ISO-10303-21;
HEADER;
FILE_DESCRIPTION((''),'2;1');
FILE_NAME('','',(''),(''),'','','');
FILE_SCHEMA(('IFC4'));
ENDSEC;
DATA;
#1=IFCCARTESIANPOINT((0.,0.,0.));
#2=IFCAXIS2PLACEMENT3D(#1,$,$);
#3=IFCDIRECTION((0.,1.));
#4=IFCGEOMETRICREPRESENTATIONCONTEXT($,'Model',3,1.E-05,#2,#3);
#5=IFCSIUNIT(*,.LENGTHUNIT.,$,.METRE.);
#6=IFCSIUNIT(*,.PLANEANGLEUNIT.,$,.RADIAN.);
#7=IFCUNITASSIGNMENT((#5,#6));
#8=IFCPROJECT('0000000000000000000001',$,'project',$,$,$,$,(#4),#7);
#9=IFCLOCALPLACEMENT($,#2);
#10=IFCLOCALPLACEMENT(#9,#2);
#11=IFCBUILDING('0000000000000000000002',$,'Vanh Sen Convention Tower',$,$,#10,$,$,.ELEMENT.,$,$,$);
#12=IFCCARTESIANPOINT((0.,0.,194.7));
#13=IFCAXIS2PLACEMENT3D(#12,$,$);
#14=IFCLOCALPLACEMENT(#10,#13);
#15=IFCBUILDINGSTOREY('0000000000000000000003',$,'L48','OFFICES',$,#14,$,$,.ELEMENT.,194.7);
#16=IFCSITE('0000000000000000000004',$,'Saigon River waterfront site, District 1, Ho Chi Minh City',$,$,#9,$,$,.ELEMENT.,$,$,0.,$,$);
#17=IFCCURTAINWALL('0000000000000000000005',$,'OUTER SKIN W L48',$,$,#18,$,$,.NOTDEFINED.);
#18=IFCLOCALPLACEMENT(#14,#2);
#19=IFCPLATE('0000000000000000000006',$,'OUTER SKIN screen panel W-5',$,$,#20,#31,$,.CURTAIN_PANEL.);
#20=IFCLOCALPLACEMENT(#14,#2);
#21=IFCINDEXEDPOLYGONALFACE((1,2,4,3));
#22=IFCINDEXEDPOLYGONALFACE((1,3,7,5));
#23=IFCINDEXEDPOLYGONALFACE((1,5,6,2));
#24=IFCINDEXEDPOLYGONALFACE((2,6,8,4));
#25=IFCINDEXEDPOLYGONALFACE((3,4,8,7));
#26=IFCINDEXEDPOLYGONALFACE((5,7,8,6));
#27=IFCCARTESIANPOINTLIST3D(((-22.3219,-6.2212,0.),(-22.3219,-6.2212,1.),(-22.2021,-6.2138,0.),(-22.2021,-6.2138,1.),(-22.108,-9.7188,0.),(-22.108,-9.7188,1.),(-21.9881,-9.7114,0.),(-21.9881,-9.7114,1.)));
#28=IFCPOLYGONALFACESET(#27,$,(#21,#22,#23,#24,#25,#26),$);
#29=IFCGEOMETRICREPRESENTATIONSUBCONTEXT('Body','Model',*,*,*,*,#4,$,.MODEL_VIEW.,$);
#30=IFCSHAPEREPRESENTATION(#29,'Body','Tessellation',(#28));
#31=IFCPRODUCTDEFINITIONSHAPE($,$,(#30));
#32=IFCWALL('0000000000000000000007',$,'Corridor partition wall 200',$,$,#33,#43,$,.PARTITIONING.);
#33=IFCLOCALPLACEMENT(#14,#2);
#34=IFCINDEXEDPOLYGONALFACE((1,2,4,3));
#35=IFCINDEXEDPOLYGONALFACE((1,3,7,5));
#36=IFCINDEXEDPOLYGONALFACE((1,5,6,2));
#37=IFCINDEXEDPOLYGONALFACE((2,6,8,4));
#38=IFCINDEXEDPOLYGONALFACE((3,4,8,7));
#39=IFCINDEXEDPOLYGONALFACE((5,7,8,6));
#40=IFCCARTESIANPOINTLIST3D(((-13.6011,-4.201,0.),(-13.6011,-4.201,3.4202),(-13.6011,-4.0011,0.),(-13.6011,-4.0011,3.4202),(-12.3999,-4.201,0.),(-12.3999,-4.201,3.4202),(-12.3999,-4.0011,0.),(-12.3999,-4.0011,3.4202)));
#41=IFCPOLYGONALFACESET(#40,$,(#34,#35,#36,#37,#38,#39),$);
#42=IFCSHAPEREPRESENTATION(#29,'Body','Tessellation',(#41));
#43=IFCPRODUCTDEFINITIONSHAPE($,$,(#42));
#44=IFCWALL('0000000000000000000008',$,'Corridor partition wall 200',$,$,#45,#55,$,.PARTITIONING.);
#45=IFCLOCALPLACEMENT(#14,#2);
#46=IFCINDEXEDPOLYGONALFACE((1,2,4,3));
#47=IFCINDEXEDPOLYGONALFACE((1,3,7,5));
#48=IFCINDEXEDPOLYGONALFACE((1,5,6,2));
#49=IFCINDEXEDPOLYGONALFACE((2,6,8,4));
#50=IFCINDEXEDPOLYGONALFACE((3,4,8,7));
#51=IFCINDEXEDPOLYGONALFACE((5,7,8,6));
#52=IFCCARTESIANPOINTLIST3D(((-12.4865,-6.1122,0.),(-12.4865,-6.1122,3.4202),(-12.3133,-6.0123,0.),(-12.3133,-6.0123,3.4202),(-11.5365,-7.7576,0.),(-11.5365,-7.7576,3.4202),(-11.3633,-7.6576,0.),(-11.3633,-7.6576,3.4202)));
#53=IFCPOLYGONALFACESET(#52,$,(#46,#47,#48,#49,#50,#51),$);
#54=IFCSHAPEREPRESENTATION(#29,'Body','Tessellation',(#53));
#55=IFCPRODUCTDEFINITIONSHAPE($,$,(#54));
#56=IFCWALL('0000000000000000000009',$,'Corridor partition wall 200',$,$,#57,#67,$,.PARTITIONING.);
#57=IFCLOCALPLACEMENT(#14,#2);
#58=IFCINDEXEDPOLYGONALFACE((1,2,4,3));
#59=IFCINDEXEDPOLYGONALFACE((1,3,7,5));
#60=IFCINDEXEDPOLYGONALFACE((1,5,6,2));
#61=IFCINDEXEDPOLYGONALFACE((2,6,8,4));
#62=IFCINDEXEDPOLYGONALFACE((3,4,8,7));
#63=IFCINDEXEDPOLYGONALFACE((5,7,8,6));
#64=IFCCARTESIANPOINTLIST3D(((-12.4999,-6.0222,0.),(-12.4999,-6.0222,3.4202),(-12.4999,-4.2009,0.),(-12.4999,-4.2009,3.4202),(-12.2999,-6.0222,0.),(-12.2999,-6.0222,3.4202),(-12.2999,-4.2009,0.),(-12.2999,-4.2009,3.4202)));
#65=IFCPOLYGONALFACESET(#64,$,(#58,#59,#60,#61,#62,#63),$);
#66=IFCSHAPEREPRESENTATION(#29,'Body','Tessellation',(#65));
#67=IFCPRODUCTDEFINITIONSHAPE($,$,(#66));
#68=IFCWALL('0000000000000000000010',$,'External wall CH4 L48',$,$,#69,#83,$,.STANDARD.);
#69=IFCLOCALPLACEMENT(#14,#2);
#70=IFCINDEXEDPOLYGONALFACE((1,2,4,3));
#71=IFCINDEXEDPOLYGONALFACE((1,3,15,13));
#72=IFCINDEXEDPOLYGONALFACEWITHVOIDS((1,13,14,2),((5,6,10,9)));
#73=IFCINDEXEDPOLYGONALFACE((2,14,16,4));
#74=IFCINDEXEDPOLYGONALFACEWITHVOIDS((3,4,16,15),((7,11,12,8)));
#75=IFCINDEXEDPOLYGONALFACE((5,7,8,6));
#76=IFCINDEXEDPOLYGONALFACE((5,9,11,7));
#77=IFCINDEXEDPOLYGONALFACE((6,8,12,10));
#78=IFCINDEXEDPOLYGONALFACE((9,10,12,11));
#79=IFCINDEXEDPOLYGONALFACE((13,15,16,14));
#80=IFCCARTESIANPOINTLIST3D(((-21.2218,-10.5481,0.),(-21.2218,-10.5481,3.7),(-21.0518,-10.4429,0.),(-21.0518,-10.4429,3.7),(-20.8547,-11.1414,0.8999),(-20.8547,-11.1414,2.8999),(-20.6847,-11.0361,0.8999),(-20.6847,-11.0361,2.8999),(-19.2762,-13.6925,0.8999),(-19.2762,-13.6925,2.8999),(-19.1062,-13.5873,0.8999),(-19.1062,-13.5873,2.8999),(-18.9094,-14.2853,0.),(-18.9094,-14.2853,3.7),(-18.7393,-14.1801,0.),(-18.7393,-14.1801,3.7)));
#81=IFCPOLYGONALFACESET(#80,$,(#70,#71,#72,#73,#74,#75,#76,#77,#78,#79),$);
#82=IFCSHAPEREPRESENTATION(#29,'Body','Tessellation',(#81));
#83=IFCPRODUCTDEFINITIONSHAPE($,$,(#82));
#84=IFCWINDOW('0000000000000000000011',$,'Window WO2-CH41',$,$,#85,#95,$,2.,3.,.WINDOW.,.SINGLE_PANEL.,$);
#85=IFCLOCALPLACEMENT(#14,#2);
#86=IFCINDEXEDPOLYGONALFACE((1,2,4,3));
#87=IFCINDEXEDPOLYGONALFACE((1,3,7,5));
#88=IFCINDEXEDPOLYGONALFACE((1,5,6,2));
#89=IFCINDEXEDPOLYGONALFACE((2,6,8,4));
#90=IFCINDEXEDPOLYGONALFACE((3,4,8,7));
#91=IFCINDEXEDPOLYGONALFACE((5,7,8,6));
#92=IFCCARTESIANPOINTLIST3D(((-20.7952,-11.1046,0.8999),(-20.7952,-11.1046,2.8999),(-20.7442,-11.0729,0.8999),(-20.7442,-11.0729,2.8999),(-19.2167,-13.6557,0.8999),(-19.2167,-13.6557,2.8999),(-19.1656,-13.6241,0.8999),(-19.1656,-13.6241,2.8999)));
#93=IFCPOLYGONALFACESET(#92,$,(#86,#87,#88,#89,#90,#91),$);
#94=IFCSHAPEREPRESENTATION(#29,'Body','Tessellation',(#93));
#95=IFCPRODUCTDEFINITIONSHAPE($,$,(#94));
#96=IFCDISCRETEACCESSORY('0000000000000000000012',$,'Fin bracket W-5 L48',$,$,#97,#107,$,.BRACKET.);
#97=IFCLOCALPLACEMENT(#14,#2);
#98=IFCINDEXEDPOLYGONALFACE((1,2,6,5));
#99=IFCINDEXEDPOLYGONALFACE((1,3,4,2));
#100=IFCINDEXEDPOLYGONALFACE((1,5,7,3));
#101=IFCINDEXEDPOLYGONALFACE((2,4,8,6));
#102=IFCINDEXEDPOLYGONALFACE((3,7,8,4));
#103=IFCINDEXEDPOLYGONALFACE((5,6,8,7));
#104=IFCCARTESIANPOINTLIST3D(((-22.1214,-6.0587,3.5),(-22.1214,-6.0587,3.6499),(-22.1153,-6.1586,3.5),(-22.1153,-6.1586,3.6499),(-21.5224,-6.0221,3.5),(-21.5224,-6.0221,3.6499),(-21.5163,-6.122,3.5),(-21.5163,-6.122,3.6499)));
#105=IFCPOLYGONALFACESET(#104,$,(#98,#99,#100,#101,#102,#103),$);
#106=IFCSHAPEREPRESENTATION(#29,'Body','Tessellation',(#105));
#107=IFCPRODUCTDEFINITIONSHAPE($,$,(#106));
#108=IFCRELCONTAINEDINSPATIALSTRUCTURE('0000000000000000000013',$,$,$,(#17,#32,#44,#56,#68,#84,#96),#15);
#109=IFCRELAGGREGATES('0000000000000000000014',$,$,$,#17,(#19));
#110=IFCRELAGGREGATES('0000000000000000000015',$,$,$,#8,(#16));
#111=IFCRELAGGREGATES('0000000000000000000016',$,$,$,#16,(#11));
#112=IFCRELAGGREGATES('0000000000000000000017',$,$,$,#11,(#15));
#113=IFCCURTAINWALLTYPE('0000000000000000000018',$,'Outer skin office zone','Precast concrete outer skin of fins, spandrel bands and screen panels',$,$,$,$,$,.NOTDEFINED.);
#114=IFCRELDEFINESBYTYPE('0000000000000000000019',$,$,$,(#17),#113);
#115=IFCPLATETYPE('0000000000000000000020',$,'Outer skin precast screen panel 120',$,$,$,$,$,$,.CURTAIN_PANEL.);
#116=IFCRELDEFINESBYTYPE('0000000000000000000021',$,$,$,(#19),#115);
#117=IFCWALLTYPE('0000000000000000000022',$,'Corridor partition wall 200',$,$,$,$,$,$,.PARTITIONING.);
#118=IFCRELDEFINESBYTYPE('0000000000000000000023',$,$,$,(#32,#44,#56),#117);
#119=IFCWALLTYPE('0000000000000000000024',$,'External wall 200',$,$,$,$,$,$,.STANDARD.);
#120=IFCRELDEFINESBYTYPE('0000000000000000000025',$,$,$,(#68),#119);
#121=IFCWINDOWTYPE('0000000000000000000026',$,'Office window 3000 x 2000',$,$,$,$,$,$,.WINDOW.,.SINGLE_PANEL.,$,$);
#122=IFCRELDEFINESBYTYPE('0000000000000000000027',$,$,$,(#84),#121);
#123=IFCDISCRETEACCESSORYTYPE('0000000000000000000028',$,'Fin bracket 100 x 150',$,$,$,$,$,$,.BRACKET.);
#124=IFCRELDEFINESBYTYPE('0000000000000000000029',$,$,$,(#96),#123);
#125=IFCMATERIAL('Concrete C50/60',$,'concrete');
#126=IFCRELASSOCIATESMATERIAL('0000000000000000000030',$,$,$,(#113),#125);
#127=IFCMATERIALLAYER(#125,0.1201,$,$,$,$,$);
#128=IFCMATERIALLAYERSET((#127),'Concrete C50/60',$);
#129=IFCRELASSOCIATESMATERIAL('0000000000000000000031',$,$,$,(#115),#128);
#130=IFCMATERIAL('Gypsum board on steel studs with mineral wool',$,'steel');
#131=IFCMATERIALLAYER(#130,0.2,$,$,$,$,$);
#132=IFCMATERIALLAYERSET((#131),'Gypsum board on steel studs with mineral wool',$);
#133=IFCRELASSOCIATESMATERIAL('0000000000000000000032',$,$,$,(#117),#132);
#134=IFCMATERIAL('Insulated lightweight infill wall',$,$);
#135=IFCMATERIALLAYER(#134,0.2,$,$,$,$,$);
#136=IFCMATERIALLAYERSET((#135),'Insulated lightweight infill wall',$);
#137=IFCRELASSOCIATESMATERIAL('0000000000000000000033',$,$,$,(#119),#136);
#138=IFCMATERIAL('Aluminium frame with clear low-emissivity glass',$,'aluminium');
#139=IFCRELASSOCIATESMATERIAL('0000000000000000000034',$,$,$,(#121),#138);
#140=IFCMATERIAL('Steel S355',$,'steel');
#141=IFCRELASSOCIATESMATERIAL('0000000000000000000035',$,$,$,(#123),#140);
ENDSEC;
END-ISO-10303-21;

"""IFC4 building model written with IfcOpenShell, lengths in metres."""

from ifc_helpers import new_model, si_unit, direction, frame, frame_2d, origin, origin_2d, place, context, subcontext, project, spatial, rectangle, extrude, material, layer, layer_set, type_object, element, fill, aggregate, save


model = new_model("IFC4")

# Units and contexts
model_context = context("Model", 3, precision=1e-05, world=origin(), true_north=direction((0.0, 1.0)))
body_context = subcontext(model_context, "Body", "Model", "MODEL_VIEW")
ifc_project = project(units=[si_unit("LENGTHUNIT", "METRE"), si_unit("PLANEANGLEUNIT", "RADIAN")], contexts=[model_context])

# Site, building, storey
site_placement = place(None, origin())
site = spatial("IfcSite", under=ifc_project, at=site_placement, Name="Saigon River waterfront site, District 1, Ho Chi Minh City", CompositionType="ELEMENT", RefElevation=0.0)
building_placement = place(site_placement, origin())
building = spatial("IfcBuilding", under=site, at=building_placement, Name="Vanh Sen Convention Tower", CompositionType="ELEMENT")
storey_placement = place(building_placement, frame((0.0, 0.0, 194.7)))
storey = spatial("IfcBuildingStorey", under=building, at=storey_placement, Name="L48", Description="OFFICES", CompositionType="ELEMENT", Elevation=194.7)

# Curtain wall
ifc_material_1 = material(Name="Concrete C50/60", Category="concrete")
curtain_wall_type = type_object("IfcCurtainWallType", Name="Outer skin office zone", Description="Precast concrete outer skin of fins, spandrel bands and screen panels", PredefinedType="NOTDEFINED", material=ifc_material_1)
curtain_wall_1_placement = place(storey_placement, origin())
curtain_wall_1 = element("IfcCurtainWall", 1, at=curtain_wall_1_placement, inside=storey, type_object=curtain_wall_type, Name="OUTER SKIN W L48", PredefinedType="NOTDEFINED")

# Plate
ifc_layer_1 = layer(ifc_material_1, 0.1201)
ifc_layer_set_1 = layer_set([ifc_layer_1], Name="Concrete C50/60")
plate_type = type_object("IfcPlateType", Name="Outer skin precast screen panel 120", PredefinedType="CURTAIN_PANEL", material=ifc_layer_set_1)
plate_1_placement = place(storey_placement, frame((-22.155, -7.9663, 0.0), z_axis=(0.0, 0.0, 1.0), x_axis=(0.061054, -0.998134, 0.0)))
plate_1 = element("IfcPlate", 2, at=plate_1_placement, type_object=plate_type, Name="OUTER SKIN screen panel W-5", PredefinedType="CURTAIN_PANEL", context=body_context, shape_type="SweptSolid", body=[
    extrude(rectangle(XDim=3.5042, YDim=0.1201, at=origin_2d()), origin(), (0.0, 0.0, 1.0), 1.0),
])
aggregate(curtain_wall_1, [plate_1])

# Walls
ifc_material_2 = material(Name="Gypsum board on steel studs with mineral wool", Category="steel")
ifc_layer_2 = layer(ifc_material_2, 0.2)
ifc_layer_set_2 = layer_set([ifc_layer_2], Name="Gypsum board on steel studs with mineral wool")
wall_type_1 = type_object("IfcWallType", Name="Corridor partition wall 200", PredefinedType="PARTITIONING", material=ifc_layer_set_2)
wall_1_placement = place(storey_placement, frame((-13.6011, -4.1011, 0.0), z_axis=(0.0, 0.0, 1.0), x_axis=(1.0, 0.0, 0.0)))
element("IfcWall", 3, at=wall_1_placement, inside=storey, type_object=wall_type_1, Name="Corridor partition wall 200", PredefinedType="PARTITIONING", context=body_context, shape_type="SweptSolid", body=[
    extrude(rectangle(XDim=1.2012, YDim=0.2, at=frame_2d((0.6006, 0.0))), origin(), (0.0, 0.0, 1.0), 3.4202),
])
wall_2_placement = place(storey_placement, frame((-12.3999, -6.0623, 0.0), z_axis=(0.0, 0.0, 1.0), x_axis=(0.500023, -0.866012, 0.0)))
element("IfcWall", 4, at=wall_2_placement, inside=storey, type_object=wall_type_1, Name="Corridor partition wall 200", PredefinedType="PARTITIONING", context=body_context, shape_type="SweptSolid", body=[
    extrude(rectangle(XDim=1.8999, YDim=0.2, at=frame_2d((0.95, 0.0))), origin(), (0.0, 0.0, 1.0), 3.4202),
])
wall_3_placement = place(storey_placement, frame((-12.3999, -4.2009, 0.0), z_axis=(0.0, 0.0, 1.0), x_axis=(0.0, -1.0, 0.0)))
element("IfcWall", 5, at=wall_3_placement, inside=storey, type_object=wall_type_1, Name="Corridor partition wall 200", PredefinedType="PARTITIONING", context=body_context, shape_type="SweptSolid", body=[
    extrude(rectangle(XDim=1.8213, YDim=0.2, at=frame_2d((0.9106, 0.0))), origin(), (0.0, 0.0, 1.0), 3.4202),
])

# Wall, opening, window
ifc_material_3 = material(Name="Insulated lightweight infill wall")
ifc_layer_3 = layer(ifc_material_3, 0.2)
ifc_layer_set_3 = layer_set([ifc_layer_3], Name="Insulated lightweight infill wall")
wall_type_2 = type_object("IfcWallType", Name="External wall 200", PredefinedType="STANDARD", material=ifc_layer_set_3)
wall_4_placement = place(storey_placement, frame((-21.1367, -10.4956, 0.0), z_axis=(0.0, 0.0, 1.0), x_axis=(0.526179, -0.850374, 0.0)))
wall_4 = element("IfcWall", 6, at=wall_4_placement, inside=storey, type_object=wall_type_2, Name="External wall CH4 L48", PredefinedType="STANDARD", context=body_context, shape_type="SweptSolid", body=[
    extrude(rectangle(XDim=4.3948, YDim=0.2, at=frame_2d((2.1973, 0.0))), origin(), (0.0, 0.0, 1.0), 3.7),
])
opening_placement = place(wall_4_placement, frame((0.6975, 0.0, 0.8999)))
opening = element("IfcOpeningElement", 7, at=opening_placement, cuts=wall_4, PredefinedType="OPENING", context=body_context, shape_type="SweptSolid", body=[
    extrude(rectangle(XDim=3.0, YDim=2.0, at=frame_2d((1.5, 1.0))), frame((0.0, 0.1099, 0.0), z_axis=(0.0, -1.0, 0.0), x_axis=(1.0, 0.0, 0.0)), (0.0, 0.0, 1.0), 0.22),
])
ifc_material_4 = material(Name="Aluminium frame with clear low-emissivity glass", Category="aluminium")
window_type = type_object("IfcWindowType", Name="Office window 3000 x 2000", PartitioningType="SINGLE_PANEL", PredefinedType="WINDOW", material=ifc_material_4)
window_placement = place(opening_placement, origin())
window = element("IfcWindow", 8, at=window_placement, inside=storey, type_object=window_type, Name="Window WO2-CH41", OverallHeight=2.0, OverallWidth=3.0, PartitioningType="SINGLE_PANEL", PredefinedType="WINDOW", context=body_context, shape_type="SweptSolid", body=[
    extrude(rectangle(XDim=3.0, YDim=2.0, at=frame_2d((1.5, 1.0))), frame((0.0, 0.03, 0.0), z_axis=(0.0, -1.0, 0.0), x_axis=(1.0, 0.0, 0.0)), (0.0, 0.0, 1.0), 0.0601),
])
fill(opening, window)

# Discrete accessory
ifc_material_5 = material(Name="Steel S355", Category="steel")
discrete_accessory_type = type_object("IfcDiscreteAccessoryType", Name="Fin bracket 100 x 150", PredefinedType="BRACKET", material=ifc_material_5)
discrete_accessory_placement = place(storey_placement, frame((-21.8188, -6.0903, 3.5), z_axis=(0.0, 0.0, 1.0), x_axis=(-0.998135, -0.061049, 0.0)))
element("IfcDiscreteAccessory", 9, at=discrete_accessory_placement, inside=storey, type_object=discrete_accessory_type, Name="Fin bracket W-5 L48", PredefinedType="BRACKET", context=body_context, shape_type="SweptSolid", body=[
    extrude(rectangle(XDim=0.6001, YDim=0.1001, at=origin_2d()), origin(), (0.0, 0.0, 1.0), 0.1499),
])

save(model, "model.ifc")
